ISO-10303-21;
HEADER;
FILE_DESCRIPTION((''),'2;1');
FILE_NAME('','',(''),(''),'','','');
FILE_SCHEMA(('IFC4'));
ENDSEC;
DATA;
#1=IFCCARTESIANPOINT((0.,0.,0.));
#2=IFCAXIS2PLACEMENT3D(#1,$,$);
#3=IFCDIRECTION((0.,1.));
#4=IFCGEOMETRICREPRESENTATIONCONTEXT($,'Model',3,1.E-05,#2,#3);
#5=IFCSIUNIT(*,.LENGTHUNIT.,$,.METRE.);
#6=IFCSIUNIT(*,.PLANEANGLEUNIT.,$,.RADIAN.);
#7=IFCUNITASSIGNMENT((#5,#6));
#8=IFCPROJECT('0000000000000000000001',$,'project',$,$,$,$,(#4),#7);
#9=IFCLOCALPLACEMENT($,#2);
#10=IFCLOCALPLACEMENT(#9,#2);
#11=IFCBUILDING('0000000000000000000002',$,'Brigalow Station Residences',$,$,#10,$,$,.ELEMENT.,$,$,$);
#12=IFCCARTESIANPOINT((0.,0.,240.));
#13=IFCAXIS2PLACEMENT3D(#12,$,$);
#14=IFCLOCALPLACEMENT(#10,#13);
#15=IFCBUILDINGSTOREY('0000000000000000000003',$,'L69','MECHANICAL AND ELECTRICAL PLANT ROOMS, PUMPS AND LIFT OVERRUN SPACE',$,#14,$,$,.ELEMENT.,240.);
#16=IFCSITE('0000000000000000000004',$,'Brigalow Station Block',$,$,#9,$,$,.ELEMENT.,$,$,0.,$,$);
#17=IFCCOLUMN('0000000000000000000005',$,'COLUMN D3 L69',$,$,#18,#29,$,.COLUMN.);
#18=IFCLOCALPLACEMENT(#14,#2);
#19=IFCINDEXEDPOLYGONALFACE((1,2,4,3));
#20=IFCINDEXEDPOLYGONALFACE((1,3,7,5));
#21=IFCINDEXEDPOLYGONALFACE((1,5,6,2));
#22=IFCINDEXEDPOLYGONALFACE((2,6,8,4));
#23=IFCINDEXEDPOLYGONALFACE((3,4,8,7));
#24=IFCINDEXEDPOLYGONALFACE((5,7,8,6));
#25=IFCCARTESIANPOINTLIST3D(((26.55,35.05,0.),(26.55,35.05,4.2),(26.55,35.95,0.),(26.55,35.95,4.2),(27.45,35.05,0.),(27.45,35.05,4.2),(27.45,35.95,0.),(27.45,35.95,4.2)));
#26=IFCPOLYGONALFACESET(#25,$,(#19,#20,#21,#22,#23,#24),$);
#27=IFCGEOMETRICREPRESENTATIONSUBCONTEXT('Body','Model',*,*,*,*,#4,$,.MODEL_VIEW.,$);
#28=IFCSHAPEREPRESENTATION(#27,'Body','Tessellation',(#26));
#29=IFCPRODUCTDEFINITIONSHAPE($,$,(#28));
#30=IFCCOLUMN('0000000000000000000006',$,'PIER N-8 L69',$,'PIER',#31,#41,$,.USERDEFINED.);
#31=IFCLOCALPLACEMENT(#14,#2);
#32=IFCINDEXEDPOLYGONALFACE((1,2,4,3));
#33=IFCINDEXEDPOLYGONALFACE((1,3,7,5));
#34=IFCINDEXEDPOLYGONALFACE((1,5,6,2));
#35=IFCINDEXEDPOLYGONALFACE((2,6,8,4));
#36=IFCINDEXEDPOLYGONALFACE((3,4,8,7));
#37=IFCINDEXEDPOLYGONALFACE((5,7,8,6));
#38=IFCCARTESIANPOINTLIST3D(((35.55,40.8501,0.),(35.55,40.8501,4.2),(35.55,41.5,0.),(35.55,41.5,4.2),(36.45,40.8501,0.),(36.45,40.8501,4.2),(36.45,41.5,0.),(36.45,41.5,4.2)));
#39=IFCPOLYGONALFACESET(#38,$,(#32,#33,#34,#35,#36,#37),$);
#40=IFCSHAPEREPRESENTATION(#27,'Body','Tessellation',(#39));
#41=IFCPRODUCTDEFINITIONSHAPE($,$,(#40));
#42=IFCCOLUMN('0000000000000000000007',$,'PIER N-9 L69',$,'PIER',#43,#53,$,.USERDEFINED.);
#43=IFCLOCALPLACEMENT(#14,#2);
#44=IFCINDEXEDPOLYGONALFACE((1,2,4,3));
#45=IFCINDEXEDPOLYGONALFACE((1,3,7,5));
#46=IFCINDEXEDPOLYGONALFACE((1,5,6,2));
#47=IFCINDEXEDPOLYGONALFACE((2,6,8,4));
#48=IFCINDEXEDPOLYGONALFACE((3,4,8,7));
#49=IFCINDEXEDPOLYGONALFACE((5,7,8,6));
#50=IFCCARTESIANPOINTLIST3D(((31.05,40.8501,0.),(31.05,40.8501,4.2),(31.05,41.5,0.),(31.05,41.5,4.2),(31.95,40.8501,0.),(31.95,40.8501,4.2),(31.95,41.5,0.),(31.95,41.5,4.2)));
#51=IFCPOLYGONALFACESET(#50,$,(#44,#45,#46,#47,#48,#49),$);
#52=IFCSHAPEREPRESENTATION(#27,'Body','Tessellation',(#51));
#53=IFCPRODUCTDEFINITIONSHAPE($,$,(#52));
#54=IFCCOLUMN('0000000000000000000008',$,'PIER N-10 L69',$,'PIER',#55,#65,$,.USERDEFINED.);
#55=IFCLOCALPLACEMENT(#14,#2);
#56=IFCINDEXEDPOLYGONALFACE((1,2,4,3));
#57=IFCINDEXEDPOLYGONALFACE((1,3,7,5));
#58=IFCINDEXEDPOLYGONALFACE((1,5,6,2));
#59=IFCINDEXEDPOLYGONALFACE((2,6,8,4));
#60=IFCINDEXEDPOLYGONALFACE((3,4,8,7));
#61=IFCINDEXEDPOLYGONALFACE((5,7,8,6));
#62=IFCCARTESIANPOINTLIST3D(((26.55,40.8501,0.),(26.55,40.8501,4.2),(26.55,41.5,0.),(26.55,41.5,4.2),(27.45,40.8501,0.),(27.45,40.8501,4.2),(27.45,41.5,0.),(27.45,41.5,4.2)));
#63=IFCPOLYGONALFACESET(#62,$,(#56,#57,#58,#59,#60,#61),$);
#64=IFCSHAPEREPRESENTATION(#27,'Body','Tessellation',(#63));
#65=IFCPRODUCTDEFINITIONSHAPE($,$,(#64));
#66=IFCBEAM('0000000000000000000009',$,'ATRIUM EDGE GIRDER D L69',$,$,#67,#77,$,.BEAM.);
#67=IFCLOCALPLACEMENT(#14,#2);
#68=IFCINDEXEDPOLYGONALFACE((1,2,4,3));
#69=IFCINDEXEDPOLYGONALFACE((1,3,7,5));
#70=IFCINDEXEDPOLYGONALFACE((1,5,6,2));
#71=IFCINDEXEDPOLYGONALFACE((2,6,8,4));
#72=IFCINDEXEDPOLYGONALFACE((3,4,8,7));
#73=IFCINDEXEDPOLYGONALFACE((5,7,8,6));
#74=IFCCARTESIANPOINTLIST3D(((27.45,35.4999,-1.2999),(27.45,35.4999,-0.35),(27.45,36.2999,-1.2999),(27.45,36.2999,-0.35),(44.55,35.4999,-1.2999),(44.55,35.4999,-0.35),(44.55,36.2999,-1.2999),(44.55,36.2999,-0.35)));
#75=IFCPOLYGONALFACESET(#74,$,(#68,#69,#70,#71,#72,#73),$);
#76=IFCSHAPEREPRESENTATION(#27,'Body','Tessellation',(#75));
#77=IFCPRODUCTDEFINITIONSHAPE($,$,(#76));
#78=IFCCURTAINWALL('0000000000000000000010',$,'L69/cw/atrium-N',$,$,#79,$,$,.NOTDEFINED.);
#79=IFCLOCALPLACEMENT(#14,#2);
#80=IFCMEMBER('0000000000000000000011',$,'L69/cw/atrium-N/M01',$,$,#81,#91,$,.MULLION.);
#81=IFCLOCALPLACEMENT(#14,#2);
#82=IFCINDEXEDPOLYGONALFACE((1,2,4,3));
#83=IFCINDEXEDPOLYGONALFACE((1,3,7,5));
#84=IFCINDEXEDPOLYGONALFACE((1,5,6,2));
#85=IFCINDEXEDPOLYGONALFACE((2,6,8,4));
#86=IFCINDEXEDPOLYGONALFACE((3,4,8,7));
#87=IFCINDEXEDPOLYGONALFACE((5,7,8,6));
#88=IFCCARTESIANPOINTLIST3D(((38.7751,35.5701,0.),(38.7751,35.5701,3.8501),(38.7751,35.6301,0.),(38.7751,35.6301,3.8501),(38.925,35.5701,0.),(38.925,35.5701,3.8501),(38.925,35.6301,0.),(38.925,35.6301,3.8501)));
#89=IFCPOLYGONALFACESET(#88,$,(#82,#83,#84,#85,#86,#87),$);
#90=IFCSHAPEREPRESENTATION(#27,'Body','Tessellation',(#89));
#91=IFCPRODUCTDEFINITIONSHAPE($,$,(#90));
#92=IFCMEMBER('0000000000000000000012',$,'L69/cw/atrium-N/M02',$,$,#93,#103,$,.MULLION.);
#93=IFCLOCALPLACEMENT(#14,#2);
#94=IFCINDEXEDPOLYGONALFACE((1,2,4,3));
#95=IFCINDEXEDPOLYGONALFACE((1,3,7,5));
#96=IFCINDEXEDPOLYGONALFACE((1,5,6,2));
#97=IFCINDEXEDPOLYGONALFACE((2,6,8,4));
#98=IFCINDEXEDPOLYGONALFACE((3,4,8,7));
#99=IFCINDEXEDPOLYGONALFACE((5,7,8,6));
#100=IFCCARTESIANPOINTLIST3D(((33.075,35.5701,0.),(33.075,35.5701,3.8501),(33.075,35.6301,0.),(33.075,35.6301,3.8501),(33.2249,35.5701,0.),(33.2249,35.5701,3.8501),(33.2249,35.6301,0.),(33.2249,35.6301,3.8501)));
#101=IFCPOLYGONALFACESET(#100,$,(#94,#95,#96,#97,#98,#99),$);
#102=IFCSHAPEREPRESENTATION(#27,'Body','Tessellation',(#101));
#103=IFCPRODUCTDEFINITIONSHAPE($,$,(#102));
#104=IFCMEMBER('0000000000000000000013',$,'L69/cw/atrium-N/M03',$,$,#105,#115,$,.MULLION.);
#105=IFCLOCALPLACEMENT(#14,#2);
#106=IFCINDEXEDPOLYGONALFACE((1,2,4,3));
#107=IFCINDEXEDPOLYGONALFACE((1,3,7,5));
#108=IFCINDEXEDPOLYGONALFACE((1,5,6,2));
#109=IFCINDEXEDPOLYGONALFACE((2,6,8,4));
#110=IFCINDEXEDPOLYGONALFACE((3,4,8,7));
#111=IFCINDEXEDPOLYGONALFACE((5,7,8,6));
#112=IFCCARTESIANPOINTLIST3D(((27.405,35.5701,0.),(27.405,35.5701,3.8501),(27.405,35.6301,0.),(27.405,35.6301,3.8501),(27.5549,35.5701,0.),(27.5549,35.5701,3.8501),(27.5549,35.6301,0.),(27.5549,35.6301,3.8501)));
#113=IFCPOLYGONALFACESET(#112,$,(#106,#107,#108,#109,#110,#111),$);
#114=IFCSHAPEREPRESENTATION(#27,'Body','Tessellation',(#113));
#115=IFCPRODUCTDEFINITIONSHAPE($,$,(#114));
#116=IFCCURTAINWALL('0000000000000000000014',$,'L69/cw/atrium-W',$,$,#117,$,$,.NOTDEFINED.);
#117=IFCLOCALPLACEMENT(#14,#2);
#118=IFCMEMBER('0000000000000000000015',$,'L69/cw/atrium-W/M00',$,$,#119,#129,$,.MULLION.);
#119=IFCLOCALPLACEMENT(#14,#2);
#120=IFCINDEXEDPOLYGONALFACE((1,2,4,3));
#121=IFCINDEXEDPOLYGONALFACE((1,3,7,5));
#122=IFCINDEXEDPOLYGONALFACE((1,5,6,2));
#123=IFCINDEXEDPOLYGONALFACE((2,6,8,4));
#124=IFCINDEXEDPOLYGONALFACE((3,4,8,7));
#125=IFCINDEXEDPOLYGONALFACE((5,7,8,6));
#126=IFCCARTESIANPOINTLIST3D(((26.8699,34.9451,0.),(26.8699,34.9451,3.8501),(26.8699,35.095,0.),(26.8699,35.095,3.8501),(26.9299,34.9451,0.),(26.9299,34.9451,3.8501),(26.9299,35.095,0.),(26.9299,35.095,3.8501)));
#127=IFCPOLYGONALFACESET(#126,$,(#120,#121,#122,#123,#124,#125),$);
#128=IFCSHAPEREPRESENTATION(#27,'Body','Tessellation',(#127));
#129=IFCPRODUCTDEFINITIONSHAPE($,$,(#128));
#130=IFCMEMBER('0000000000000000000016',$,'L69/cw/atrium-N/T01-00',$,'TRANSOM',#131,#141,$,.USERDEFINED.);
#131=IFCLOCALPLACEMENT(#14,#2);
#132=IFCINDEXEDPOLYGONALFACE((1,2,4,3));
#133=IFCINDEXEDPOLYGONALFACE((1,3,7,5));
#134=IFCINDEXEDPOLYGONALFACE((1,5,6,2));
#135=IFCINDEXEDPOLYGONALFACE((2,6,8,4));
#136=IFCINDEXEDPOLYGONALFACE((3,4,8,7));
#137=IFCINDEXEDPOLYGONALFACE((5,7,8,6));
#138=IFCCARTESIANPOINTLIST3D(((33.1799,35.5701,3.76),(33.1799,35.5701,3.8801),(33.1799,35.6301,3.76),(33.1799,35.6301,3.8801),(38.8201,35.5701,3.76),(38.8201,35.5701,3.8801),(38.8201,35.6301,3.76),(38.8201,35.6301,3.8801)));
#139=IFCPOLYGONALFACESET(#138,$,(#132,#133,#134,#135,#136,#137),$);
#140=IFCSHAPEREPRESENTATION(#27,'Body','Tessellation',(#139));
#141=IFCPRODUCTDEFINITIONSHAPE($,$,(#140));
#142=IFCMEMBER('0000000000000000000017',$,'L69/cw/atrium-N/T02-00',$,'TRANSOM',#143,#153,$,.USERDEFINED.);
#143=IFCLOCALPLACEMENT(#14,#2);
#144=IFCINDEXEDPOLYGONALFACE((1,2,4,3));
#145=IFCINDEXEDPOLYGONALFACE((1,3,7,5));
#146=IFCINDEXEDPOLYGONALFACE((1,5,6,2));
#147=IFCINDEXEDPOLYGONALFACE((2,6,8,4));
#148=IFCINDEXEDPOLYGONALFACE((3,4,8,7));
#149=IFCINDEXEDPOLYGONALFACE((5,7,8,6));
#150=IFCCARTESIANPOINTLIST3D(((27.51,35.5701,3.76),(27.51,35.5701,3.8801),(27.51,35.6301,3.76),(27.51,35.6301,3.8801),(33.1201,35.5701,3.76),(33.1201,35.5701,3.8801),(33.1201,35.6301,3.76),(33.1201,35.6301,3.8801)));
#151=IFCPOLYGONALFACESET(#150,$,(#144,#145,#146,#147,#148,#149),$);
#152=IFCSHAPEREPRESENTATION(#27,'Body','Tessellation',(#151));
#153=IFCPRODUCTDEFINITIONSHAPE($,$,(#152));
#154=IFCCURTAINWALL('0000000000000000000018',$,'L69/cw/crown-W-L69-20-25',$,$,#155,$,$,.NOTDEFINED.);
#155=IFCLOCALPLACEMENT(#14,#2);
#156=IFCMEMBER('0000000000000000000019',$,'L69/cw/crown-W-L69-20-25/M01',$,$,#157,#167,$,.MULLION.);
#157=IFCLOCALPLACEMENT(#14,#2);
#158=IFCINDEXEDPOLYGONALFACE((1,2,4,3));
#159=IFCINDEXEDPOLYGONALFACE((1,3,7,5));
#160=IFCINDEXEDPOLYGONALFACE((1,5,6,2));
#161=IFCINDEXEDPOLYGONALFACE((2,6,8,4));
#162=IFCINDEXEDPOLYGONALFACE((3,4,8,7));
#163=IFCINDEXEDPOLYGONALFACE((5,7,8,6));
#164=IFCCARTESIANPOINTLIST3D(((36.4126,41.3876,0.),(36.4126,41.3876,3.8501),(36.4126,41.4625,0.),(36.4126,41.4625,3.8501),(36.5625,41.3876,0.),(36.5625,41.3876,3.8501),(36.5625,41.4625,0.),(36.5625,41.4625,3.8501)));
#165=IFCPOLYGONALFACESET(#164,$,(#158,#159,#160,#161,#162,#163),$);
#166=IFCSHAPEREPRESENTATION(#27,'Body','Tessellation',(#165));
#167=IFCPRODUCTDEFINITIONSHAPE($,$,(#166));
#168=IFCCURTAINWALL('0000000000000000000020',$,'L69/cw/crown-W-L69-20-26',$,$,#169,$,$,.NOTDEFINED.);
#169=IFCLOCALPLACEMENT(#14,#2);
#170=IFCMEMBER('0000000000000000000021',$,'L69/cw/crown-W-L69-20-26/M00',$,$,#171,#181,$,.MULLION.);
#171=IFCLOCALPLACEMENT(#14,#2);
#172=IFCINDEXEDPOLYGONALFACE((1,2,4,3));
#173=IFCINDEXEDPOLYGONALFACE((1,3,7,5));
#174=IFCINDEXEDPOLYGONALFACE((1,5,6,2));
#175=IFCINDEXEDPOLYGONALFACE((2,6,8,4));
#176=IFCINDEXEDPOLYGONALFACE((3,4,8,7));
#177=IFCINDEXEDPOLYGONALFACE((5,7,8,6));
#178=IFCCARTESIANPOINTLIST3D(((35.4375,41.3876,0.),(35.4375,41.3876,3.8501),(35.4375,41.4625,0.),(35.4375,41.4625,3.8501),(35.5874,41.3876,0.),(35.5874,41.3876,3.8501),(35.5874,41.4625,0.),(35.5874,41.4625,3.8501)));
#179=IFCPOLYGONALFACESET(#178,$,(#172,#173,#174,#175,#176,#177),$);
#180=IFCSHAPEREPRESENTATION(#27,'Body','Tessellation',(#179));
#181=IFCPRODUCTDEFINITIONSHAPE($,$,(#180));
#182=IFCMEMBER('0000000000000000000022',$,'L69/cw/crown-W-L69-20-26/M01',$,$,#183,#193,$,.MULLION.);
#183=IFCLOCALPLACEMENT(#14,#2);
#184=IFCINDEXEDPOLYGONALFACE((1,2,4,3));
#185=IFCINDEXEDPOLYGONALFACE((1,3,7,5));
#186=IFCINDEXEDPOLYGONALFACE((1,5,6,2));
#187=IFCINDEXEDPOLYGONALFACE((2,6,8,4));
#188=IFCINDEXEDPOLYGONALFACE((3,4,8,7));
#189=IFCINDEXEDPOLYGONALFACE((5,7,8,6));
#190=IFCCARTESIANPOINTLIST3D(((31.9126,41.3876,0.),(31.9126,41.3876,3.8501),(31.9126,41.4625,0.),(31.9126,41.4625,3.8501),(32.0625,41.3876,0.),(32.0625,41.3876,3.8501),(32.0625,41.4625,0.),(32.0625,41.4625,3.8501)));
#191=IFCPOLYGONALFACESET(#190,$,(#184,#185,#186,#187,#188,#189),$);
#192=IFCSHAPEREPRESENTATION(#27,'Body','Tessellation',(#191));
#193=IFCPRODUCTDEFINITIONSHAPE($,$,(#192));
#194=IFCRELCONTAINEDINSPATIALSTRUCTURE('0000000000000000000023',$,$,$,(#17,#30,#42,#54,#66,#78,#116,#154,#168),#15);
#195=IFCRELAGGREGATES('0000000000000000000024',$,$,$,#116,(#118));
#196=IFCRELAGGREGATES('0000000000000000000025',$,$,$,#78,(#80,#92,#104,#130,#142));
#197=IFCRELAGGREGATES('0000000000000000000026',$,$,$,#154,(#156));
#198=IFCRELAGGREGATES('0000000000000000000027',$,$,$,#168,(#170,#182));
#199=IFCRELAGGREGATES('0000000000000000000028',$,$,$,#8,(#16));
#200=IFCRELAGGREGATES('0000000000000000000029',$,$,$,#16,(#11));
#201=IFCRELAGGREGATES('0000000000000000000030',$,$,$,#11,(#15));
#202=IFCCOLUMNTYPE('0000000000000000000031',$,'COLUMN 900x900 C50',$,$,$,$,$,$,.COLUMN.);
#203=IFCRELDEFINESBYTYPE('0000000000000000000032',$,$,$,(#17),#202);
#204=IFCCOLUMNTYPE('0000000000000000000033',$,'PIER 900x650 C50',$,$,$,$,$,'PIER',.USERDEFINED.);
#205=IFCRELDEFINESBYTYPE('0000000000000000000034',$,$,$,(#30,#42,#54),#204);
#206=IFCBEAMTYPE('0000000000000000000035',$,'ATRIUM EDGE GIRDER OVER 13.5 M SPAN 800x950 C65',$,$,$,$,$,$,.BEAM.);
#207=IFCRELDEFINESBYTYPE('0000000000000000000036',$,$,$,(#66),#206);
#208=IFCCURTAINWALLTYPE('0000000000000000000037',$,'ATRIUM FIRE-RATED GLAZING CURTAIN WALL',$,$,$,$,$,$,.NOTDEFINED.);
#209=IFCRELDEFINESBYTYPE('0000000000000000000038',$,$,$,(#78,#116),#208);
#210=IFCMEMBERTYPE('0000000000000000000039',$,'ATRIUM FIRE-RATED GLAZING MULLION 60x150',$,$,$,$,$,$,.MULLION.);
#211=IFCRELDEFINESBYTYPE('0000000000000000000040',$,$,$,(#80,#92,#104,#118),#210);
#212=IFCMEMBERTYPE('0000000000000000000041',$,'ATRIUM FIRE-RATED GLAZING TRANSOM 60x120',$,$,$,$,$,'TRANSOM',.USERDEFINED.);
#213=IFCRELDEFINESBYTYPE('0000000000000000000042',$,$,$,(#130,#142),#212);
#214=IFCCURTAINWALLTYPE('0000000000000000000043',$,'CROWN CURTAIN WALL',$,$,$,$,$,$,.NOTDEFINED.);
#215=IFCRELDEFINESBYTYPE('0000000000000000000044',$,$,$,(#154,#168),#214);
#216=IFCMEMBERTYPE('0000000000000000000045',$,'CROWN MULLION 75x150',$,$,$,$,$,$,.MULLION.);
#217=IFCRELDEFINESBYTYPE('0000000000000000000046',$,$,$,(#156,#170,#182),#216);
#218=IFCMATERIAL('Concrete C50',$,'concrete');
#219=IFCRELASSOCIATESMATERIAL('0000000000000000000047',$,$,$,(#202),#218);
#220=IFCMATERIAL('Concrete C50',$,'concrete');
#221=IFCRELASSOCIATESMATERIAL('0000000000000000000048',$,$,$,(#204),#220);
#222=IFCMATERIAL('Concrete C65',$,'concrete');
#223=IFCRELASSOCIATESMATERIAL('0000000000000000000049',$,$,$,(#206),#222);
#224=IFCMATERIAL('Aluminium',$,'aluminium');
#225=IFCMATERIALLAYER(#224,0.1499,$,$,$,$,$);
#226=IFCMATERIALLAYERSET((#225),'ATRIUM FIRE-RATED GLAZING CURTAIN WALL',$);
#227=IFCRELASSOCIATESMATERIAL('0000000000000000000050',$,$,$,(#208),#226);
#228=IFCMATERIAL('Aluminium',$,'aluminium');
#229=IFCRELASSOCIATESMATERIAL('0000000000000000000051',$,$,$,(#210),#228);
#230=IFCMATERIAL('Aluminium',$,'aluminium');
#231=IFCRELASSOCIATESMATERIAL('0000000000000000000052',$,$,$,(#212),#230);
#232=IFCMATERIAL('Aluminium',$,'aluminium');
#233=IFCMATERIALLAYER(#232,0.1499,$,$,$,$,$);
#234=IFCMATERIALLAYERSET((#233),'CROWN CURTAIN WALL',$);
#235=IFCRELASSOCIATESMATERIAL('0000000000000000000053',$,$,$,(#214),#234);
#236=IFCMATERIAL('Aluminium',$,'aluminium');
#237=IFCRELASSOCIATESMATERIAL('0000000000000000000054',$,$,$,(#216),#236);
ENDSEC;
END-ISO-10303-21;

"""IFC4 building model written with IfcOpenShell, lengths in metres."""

from ifc_helpers import new_model, si_unit, direction, frame, origin, origin_2d, place, context, subcontext, project, spatial, rectangle, extrude, material, layer, layer_set, material_profile, profile_set, type_object, element, aggregate, save


model = new_model("IFC4")

# Units and contexts
model_context = context("Model", 3, precision=1e-05, world=origin(), true_north=direction((0.0, 1.0)))
body_context = subcontext(model_context, "Body", "Model", "MODEL_VIEW")
ifc_project = project(units=[si_unit("LENGTHUNIT", "METRE"), si_unit("PLANEANGLEUNIT", "RADIAN")], contexts=[model_context])

# Site, building, storey
site_placement = place(None, origin())
site = spatial("IfcSite", under=ifc_project, at=site_placement, Name="Brigalow Station Block", CompositionType="ELEMENT", RefElevation=0.0)
building_placement = place(site_placement, origin())
building = spatial("IfcBuilding", under=site, at=building_placement, Name="Brigalow Station Residences", CompositionType="ELEMENT")
storey_placement = place(building_placement, frame((0.0, 0.0, 240.0)))
storey = spatial("IfcBuildingStorey", under=building, at=storey_placement, Name="L69", Description="MECHANICAL AND ELECTRICAL PLANT ROOMS, PUMPS AND LIFT OVERRUN SPACE", CompositionType="ELEMENT", Elevation=240.0)

# Columns
ifc_material_1 = material(Name="Concrete C50", Category="concrete")
ifc_material_profile_1 = material_profile(ifc_material_1, rectangle(XDim=0.8999, YDim=0.8999, at=origin_2d()), Name="RC900x900")
ifc_profile_set_1 = profile_set([ifc_material_profile_1], Name="Concrete C50")
column_type_1 = type_object("IfcColumnType", Name="COLUMN 900x900 C50", PredefinedType="COLUMN", material=ifc_profile_set_1)
column_placement = place(storey_placement, frame((27.0, 35.5, 0.0), z_axis=(0.0, 0.0, 1.0), x_axis=(1.0, 0.0, 0.0)))
element("IfcColumn", 1, at=column_placement, inside=storey, type_object=column_type_1, Name="COLUMN D3 L69", PredefinedType="COLUMN", context=body_context, shape_type="SweptSolid", body=[
    extrude(rectangle(XDim=0.8999, YDim=0.8999, at=origin_2d()), origin(), (0.0, 0.0, 1.0), 4.2),
])
ifc_material_2 = material(Name="Concrete C50", Category="concrete")
ifc_material_profile_2 = material_profile(ifc_material_2, rectangle(XDim=0.8999, YDim=0.6499, at=origin_2d()), Name="RC900x650")
ifc_profile_set_2 = profile_set([ifc_material_profile_2], Name="Concrete C50")
column_type_2 = type_object("IfcColumnType", Name="PIER 900x650 C50", ElementType="PIER", PredefinedType="USERDEFINED", material=ifc_profile_set_2)
for number, where, z_axis, x_axis, name in (
    (2, (36.0, 41.175, 0.0), (0.0, 0.0, 1.0), (-1.0, 0.0, 0.0), "PIER N-8 L69"),
    (3, (31.5, 41.175, 0.0), (0.0, 0.0, 1.0), (-1.0, 0.0, 0.0), "PIER N-9 L69"),
    (4, (27.0, 41.175, 0.0), (0.0, 0.0, 1.0), (-1.0, 0.0, 0.0), "PIER N-10 L69"),
):
    element("IfcColumn", number, at=place(storey_placement, frame(where, z_axis=z_axis, x_axis=x_axis)), inside=storey, type_object=column_type_2, Name=name, ObjectType="PIER", PredefinedType="USERDEFINED", context=body_context, shape_type="SweptSolid", body=[
        extrude(rectangle(XDim=0.8999, YDim=0.6499, at=origin_2d()), origin(), (0.0, 0.0, 1.0), 4.2),
    ])

# Beam
ifc_material_3 = material(Name="Concrete C65", Category="concrete")
ifc_material_profile_3 = material_profile(ifc_material_3, rectangle(XDim=0.8, YDim=0.95, at=origin_2d()), Name="RC800x950")
ifc_profile_set_3 = profile_set([ifc_material_profile_3], Name="Concrete C65")
beam_type = type_object("IfcBeamType", Name="ATRIUM EDGE GIRDER OVER 13.5 M SPAN 800x950 C65", PredefinedType="BEAM", material=ifc_profile_set_3)
beam_placement = place(storey_placement, frame((27.45, 35.8999, -0.825), z_axis=(1.0, 0.0, 0.0), x_axis=(0.0, 1.0, 0.0)))
element("IfcBeam", 5, at=beam_placement, inside=storey, type_object=beam_type, Name="ATRIUM EDGE GIRDER D L69", PredefinedType="BEAM", context=body_context, shape_type="SweptSolid", body=[
    extrude(rectangle(XDim=0.8, YDim=0.95, at=origin_2d()), origin(), (0.0, 0.0, 1.0), 17.1001),
])

# Curtain wall, members
ifc_material_4 = material(Name="Aluminium", Category="aluminium")
ifc_layer_1 = layer(ifc_material_4, 0.1499)
ifc_layer_set_1 = layer_set([ifc_layer_1], Name="ATRIUM FIRE-RATED GLAZING CURTAIN WALL")
curtain_wall_type_1 = type_object("IfcCurtainWallType", Name="ATRIUM FIRE-RATED GLAZING CURTAIN WALL", PredefinedType="NOTDEFINED", material=ifc_layer_set_1)
curtain_wall_1_placement = place(storey_placement, origin())
curtain_wall_1 = element("IfcCurtainWall", 6, at=curtain_wall_1_placement, inside=storey, type_object=curtain_wall_type_1, Name="L69/cw/atrium-N", PredefinedType="NOTDEFINED")
ifc_material_5 = material(Name="Aluminium", Category="aluminium")
ifc_material_profile_4 = material_profile(ifc_material_5, rectangle(XDim=0.0601, YDim=0.1499, at=origin_2d()), Name="ATRIUM FIRE-RATED GLAZING MULLION 60x150")
ifc_profile_set_4 = profile_set([ifc_material_profile_4], Name="Aluminium")
member_type_1 = type_object("IfcMemberType", Name="ATRIUM FIRE-RATED GLAZING MULLION 60x150", PredefinedType="MULLION", material=ifc_profile_set_4)
member_1_placement = place(storey_placement, frame((38.8501, 35.6001, 0.0), z_axis=(0.0, 0.0, 1.0), x_axis=(0.0, -1.0, 0.0)))
member_1 = element("IfcMember", 7, at=member_1_placement, type_object=member_type_1, Name="L69/cw/atrium-N/M01", PredefinedType="MULLION", context=body_context, shape_type="SweptSolid", body=[
    extrude(rectangle(XDim=0.0601, YDim=0.1499, at=origin_2d()), origin(), (0.0, 0.0, 1.0), 3.8501),
])
member_2_placement = place(storey_placement, frame((33.1499, 35.6001, 0.0), z_axis=(0.0, 0.0, 1.0), x_axis=(0.0, -1.0, 0.0)))
member_2 = element("IfcMember", 8, at=member_2_placement, type_object=member_type_1, Name="L69/cw/atrium-N/M02", PredefinedType="MULLION", context=body_context, shape_type="SweptSolid", body=[
    extrude(rectangle(XDim=0.0601, YDim=0.1499, at=origin_2d()), origin(), (0.0, 0.0, 1.0), 3.8501),
])
member_3_placement = place(storey_placement, frame((27.48, 35.6001, 0.0), z_axis=(0.0, 0.0, 1.0), x_axis=(0.0, -1.0, 0.0)))
member_3 = element("IfcMember", 9, at=member_3_placement, type_object=member_type_1, Name="L69/cw/atrium-N/M03", PredefinedType="MULLION", context=body_context, shape_type="SweptSolid", body=[
    extrude(rectangle(XDim=0.0601, YDim=0.1499, at=origin_2d()), origin(), (0.0, 0.0, 1.0), 3.8501),
])

# Curtain wall, member
curtain_wall_2_placement = place(storey_placement, origin())
curtain_wall_2 = element("IfcCurtainWall", 10, at=curtain_wall_2_placement, inside=storey, type_object=curtain_wall_type_1, Name="L69/cw/atrium-W", PredefinedType="NOTDEFINED")
member_4_placement = place(storey_placement, frame((26.8999, 35.02, 0.0), z_axis=(0.0, 0.0, 1.0), x_axis=(1.0, 0.0, 0.0)))
member_4 = element("IfcMember", 11, at=member_4_placement, type_object=member_type_1, Name="L69/cw/atrium-W/M00", PredefinedType="MULLION", context=body_context, shape_type="SweptSolid", body=[
    extrude(rectangle(XDim=0.0601, YDim=0.1499, at=origin_2d()), origin(), (0.0, 0.0, 1.0), 3.8501),
])
aggregate(curtain_wall_2, [member_4])

# Members
ifc_material_6 = material(Name="Aluminium", Category="aluminium")
ifc_material_profile_5 = material_profile(ifc_material_6, rectangle(XDim=0.0601, YDim=0.1201, at=origin_2d()), Name="ATRIUM FIRE-RATED GLAZING TRANSOM 60x120")
ifc_profile_set_5 = profile_set([ifc_material_profile_5], Name="Aluminium")
member_type_2 = type_object("IfcMemberType", Name="ATRIUM FIRE-RATED GLAZING TRANSOM 60x120", ElementType="TRANSOM", PredefinedType="USERDEFINED", material=ifc_profile_set_5)
member_5_placement = place(storey_placement, frame((38.8201, 35.6001, 3.8201), z_axis=(-1.0, 0.0, 0.0), x_axis=(0.0, -1.0, 0.0)))
member_5 = element("IfcMember", 12, at=member_5_placement, type_object=member_type_2, Name="L69/cw/atrium-N/T01-00", ObjectType="TRANSOM", PredefinedType="USERDEFINED", context=body_context, shape_type="SweptSolid", body=[
    extrude(rectangle(XDim=0.0601, YDim=0.1201, at=origin_2d()), origin(), (0.0, 0.0, 1.0), 5.6401),
])
member_6_placement = place(storey_placement, frame((33.1201, 35.6001, 3.8201), z_axis=(-1.0, 0.0, 0.0), x_axis=(0.0, -1.0, 0.0)))
member_6 = element("IfcMember", 13, at=member_6_placement, type_object=member_type_2, Name="L69/cw/atrium-N/T02-00", ObjectType="TRANSOM", PredefinedType="USERDEFINED", context=body_context, shape_type="SweptSolid", body=[
    extrude(rectangle(XDim=0.0601, YDim=0.1201, at=origin_2d()), origin(), (0.0, 0.0, 1.0), 5.6101),
])

# Curtain wall, member
ifc_material_7 = material(Name="Aluminium", Category="aluminium")
ifc_layer_2 = layer(ifc_material_7, 0.1499)
ifc_layer_set_2 = layer_set([ifc_layer_2], Name="CROWN CURTAIN WALL")
curtain_wall_type_2 = type_object("IfcCurtainWallType", Name="CROWN CURTAIN WALL", PredefinedType="NOTDEFINED", material=ifc_layer_set_2)
curtain_wall_3_placement = place(storey_placement, origin())
curtain_wall_3 = element("IfcCurtainWall", 14, at=curtain_wall_3_placement, inside=storey, type_object=curtain_wall_type_2, Name="L69/cw/crown-W-L69-20-25", PredefinedType="NOTDEFINED")
ifc_material_8 = material(Name="Aluminium", Category="aluminium")
ifc_material_profile_6 = material_profile(ifc_material_8, rectangle(XDim=0.075, YDim=0.1499, at=origin_2d()), Name="CROWN MULLION 75x150")
ifc_profile_set_6 = profile_set([ifc_material_profile_6], Name="Aluminium")
member_type_3 = type_object("IfcMemberType", Name="CROWN MULLION 75x150", PredefinedType="MULLION", material=ifc_profile_set_6)
member_7_placement = place(storey_placement, frame((36.4875, 41.425, 0.0), z_axis=(0.0, 0.0, 1.0), x_axis=(0.0, -1.0, 0.0)))
member_7 = element("IfcMember", 15, at=member_7_placement, type_object=member_type_3, Name="L69/cw/crown-W-L69-20-25/M01", PredefinedType="MULLION", context=body_context, shape_type="SweptSolid", body=[
    extrude(rectangle(XDim=0.075, YDim=0.1499, at=origin_2d()), origin(), (0.0, 0.0, 1.0), 3.8501),
])

# Curtain wall, members
curtain_wall_4_placement = place(storey_placement, origin())
curtain_wall_4 = element("IfcCurtainWall", 16, at=curtain_wall_4_placement, inside=storey, type_object=curtain_wall_type_2, Name="L69/cw/crown-W-L69-20-26", PredefinedType="NOTDEFINED")
member_8_placement = place(storey_placement, frame((35.5125, 41.425, 0.0), z_axis=(0.0, 0.0, 1.0), x_axis=(0.0, -1.0, 0.0)))
member_8 = element("IfcMember", 17, at=member_8_placement, type_object=member_type_3, Name="L69/cw/crown-W-L69-20-26/M00", PredefinedType="MULLION", context=body_context, shape_type="SweptSolid", body=[
    extrude(rectangle(XDim=0.075, YDim=0.1499, at=origin_2d()), origin(), (0.0, 0.0, 1.0), 3.8501),
])
member_9_placement = place(storey_placement, frame((31.9875, 41.425, 0.0), z_axis=(0.0, 0.0, 1.0), x_axis=(0.0, -1.0, 0.0)))
member_9 = element("IfcMember", 18, at=member_9_placement, type_object=member_type_3, Name="L69/cw/crown-W-L69-20-26/M01", PredefinedType="MULLION", context=body_context, shape_type="SweptSolid", body=[
    extrude(rectangle(XDim=0.075, YDim=0.1499, at=origin_2d()), origin(), (0.0, 0.0, 1.0), 3.8501),
])

aggregate(curtain_wall_1, [member_1, member_2, member_3, member_5, member_6])

aggregate(curtain_wall_3, [member_7])
aggregate(curtain_wall_4, [member_8, member_9])

save(model, "model.ifc")
